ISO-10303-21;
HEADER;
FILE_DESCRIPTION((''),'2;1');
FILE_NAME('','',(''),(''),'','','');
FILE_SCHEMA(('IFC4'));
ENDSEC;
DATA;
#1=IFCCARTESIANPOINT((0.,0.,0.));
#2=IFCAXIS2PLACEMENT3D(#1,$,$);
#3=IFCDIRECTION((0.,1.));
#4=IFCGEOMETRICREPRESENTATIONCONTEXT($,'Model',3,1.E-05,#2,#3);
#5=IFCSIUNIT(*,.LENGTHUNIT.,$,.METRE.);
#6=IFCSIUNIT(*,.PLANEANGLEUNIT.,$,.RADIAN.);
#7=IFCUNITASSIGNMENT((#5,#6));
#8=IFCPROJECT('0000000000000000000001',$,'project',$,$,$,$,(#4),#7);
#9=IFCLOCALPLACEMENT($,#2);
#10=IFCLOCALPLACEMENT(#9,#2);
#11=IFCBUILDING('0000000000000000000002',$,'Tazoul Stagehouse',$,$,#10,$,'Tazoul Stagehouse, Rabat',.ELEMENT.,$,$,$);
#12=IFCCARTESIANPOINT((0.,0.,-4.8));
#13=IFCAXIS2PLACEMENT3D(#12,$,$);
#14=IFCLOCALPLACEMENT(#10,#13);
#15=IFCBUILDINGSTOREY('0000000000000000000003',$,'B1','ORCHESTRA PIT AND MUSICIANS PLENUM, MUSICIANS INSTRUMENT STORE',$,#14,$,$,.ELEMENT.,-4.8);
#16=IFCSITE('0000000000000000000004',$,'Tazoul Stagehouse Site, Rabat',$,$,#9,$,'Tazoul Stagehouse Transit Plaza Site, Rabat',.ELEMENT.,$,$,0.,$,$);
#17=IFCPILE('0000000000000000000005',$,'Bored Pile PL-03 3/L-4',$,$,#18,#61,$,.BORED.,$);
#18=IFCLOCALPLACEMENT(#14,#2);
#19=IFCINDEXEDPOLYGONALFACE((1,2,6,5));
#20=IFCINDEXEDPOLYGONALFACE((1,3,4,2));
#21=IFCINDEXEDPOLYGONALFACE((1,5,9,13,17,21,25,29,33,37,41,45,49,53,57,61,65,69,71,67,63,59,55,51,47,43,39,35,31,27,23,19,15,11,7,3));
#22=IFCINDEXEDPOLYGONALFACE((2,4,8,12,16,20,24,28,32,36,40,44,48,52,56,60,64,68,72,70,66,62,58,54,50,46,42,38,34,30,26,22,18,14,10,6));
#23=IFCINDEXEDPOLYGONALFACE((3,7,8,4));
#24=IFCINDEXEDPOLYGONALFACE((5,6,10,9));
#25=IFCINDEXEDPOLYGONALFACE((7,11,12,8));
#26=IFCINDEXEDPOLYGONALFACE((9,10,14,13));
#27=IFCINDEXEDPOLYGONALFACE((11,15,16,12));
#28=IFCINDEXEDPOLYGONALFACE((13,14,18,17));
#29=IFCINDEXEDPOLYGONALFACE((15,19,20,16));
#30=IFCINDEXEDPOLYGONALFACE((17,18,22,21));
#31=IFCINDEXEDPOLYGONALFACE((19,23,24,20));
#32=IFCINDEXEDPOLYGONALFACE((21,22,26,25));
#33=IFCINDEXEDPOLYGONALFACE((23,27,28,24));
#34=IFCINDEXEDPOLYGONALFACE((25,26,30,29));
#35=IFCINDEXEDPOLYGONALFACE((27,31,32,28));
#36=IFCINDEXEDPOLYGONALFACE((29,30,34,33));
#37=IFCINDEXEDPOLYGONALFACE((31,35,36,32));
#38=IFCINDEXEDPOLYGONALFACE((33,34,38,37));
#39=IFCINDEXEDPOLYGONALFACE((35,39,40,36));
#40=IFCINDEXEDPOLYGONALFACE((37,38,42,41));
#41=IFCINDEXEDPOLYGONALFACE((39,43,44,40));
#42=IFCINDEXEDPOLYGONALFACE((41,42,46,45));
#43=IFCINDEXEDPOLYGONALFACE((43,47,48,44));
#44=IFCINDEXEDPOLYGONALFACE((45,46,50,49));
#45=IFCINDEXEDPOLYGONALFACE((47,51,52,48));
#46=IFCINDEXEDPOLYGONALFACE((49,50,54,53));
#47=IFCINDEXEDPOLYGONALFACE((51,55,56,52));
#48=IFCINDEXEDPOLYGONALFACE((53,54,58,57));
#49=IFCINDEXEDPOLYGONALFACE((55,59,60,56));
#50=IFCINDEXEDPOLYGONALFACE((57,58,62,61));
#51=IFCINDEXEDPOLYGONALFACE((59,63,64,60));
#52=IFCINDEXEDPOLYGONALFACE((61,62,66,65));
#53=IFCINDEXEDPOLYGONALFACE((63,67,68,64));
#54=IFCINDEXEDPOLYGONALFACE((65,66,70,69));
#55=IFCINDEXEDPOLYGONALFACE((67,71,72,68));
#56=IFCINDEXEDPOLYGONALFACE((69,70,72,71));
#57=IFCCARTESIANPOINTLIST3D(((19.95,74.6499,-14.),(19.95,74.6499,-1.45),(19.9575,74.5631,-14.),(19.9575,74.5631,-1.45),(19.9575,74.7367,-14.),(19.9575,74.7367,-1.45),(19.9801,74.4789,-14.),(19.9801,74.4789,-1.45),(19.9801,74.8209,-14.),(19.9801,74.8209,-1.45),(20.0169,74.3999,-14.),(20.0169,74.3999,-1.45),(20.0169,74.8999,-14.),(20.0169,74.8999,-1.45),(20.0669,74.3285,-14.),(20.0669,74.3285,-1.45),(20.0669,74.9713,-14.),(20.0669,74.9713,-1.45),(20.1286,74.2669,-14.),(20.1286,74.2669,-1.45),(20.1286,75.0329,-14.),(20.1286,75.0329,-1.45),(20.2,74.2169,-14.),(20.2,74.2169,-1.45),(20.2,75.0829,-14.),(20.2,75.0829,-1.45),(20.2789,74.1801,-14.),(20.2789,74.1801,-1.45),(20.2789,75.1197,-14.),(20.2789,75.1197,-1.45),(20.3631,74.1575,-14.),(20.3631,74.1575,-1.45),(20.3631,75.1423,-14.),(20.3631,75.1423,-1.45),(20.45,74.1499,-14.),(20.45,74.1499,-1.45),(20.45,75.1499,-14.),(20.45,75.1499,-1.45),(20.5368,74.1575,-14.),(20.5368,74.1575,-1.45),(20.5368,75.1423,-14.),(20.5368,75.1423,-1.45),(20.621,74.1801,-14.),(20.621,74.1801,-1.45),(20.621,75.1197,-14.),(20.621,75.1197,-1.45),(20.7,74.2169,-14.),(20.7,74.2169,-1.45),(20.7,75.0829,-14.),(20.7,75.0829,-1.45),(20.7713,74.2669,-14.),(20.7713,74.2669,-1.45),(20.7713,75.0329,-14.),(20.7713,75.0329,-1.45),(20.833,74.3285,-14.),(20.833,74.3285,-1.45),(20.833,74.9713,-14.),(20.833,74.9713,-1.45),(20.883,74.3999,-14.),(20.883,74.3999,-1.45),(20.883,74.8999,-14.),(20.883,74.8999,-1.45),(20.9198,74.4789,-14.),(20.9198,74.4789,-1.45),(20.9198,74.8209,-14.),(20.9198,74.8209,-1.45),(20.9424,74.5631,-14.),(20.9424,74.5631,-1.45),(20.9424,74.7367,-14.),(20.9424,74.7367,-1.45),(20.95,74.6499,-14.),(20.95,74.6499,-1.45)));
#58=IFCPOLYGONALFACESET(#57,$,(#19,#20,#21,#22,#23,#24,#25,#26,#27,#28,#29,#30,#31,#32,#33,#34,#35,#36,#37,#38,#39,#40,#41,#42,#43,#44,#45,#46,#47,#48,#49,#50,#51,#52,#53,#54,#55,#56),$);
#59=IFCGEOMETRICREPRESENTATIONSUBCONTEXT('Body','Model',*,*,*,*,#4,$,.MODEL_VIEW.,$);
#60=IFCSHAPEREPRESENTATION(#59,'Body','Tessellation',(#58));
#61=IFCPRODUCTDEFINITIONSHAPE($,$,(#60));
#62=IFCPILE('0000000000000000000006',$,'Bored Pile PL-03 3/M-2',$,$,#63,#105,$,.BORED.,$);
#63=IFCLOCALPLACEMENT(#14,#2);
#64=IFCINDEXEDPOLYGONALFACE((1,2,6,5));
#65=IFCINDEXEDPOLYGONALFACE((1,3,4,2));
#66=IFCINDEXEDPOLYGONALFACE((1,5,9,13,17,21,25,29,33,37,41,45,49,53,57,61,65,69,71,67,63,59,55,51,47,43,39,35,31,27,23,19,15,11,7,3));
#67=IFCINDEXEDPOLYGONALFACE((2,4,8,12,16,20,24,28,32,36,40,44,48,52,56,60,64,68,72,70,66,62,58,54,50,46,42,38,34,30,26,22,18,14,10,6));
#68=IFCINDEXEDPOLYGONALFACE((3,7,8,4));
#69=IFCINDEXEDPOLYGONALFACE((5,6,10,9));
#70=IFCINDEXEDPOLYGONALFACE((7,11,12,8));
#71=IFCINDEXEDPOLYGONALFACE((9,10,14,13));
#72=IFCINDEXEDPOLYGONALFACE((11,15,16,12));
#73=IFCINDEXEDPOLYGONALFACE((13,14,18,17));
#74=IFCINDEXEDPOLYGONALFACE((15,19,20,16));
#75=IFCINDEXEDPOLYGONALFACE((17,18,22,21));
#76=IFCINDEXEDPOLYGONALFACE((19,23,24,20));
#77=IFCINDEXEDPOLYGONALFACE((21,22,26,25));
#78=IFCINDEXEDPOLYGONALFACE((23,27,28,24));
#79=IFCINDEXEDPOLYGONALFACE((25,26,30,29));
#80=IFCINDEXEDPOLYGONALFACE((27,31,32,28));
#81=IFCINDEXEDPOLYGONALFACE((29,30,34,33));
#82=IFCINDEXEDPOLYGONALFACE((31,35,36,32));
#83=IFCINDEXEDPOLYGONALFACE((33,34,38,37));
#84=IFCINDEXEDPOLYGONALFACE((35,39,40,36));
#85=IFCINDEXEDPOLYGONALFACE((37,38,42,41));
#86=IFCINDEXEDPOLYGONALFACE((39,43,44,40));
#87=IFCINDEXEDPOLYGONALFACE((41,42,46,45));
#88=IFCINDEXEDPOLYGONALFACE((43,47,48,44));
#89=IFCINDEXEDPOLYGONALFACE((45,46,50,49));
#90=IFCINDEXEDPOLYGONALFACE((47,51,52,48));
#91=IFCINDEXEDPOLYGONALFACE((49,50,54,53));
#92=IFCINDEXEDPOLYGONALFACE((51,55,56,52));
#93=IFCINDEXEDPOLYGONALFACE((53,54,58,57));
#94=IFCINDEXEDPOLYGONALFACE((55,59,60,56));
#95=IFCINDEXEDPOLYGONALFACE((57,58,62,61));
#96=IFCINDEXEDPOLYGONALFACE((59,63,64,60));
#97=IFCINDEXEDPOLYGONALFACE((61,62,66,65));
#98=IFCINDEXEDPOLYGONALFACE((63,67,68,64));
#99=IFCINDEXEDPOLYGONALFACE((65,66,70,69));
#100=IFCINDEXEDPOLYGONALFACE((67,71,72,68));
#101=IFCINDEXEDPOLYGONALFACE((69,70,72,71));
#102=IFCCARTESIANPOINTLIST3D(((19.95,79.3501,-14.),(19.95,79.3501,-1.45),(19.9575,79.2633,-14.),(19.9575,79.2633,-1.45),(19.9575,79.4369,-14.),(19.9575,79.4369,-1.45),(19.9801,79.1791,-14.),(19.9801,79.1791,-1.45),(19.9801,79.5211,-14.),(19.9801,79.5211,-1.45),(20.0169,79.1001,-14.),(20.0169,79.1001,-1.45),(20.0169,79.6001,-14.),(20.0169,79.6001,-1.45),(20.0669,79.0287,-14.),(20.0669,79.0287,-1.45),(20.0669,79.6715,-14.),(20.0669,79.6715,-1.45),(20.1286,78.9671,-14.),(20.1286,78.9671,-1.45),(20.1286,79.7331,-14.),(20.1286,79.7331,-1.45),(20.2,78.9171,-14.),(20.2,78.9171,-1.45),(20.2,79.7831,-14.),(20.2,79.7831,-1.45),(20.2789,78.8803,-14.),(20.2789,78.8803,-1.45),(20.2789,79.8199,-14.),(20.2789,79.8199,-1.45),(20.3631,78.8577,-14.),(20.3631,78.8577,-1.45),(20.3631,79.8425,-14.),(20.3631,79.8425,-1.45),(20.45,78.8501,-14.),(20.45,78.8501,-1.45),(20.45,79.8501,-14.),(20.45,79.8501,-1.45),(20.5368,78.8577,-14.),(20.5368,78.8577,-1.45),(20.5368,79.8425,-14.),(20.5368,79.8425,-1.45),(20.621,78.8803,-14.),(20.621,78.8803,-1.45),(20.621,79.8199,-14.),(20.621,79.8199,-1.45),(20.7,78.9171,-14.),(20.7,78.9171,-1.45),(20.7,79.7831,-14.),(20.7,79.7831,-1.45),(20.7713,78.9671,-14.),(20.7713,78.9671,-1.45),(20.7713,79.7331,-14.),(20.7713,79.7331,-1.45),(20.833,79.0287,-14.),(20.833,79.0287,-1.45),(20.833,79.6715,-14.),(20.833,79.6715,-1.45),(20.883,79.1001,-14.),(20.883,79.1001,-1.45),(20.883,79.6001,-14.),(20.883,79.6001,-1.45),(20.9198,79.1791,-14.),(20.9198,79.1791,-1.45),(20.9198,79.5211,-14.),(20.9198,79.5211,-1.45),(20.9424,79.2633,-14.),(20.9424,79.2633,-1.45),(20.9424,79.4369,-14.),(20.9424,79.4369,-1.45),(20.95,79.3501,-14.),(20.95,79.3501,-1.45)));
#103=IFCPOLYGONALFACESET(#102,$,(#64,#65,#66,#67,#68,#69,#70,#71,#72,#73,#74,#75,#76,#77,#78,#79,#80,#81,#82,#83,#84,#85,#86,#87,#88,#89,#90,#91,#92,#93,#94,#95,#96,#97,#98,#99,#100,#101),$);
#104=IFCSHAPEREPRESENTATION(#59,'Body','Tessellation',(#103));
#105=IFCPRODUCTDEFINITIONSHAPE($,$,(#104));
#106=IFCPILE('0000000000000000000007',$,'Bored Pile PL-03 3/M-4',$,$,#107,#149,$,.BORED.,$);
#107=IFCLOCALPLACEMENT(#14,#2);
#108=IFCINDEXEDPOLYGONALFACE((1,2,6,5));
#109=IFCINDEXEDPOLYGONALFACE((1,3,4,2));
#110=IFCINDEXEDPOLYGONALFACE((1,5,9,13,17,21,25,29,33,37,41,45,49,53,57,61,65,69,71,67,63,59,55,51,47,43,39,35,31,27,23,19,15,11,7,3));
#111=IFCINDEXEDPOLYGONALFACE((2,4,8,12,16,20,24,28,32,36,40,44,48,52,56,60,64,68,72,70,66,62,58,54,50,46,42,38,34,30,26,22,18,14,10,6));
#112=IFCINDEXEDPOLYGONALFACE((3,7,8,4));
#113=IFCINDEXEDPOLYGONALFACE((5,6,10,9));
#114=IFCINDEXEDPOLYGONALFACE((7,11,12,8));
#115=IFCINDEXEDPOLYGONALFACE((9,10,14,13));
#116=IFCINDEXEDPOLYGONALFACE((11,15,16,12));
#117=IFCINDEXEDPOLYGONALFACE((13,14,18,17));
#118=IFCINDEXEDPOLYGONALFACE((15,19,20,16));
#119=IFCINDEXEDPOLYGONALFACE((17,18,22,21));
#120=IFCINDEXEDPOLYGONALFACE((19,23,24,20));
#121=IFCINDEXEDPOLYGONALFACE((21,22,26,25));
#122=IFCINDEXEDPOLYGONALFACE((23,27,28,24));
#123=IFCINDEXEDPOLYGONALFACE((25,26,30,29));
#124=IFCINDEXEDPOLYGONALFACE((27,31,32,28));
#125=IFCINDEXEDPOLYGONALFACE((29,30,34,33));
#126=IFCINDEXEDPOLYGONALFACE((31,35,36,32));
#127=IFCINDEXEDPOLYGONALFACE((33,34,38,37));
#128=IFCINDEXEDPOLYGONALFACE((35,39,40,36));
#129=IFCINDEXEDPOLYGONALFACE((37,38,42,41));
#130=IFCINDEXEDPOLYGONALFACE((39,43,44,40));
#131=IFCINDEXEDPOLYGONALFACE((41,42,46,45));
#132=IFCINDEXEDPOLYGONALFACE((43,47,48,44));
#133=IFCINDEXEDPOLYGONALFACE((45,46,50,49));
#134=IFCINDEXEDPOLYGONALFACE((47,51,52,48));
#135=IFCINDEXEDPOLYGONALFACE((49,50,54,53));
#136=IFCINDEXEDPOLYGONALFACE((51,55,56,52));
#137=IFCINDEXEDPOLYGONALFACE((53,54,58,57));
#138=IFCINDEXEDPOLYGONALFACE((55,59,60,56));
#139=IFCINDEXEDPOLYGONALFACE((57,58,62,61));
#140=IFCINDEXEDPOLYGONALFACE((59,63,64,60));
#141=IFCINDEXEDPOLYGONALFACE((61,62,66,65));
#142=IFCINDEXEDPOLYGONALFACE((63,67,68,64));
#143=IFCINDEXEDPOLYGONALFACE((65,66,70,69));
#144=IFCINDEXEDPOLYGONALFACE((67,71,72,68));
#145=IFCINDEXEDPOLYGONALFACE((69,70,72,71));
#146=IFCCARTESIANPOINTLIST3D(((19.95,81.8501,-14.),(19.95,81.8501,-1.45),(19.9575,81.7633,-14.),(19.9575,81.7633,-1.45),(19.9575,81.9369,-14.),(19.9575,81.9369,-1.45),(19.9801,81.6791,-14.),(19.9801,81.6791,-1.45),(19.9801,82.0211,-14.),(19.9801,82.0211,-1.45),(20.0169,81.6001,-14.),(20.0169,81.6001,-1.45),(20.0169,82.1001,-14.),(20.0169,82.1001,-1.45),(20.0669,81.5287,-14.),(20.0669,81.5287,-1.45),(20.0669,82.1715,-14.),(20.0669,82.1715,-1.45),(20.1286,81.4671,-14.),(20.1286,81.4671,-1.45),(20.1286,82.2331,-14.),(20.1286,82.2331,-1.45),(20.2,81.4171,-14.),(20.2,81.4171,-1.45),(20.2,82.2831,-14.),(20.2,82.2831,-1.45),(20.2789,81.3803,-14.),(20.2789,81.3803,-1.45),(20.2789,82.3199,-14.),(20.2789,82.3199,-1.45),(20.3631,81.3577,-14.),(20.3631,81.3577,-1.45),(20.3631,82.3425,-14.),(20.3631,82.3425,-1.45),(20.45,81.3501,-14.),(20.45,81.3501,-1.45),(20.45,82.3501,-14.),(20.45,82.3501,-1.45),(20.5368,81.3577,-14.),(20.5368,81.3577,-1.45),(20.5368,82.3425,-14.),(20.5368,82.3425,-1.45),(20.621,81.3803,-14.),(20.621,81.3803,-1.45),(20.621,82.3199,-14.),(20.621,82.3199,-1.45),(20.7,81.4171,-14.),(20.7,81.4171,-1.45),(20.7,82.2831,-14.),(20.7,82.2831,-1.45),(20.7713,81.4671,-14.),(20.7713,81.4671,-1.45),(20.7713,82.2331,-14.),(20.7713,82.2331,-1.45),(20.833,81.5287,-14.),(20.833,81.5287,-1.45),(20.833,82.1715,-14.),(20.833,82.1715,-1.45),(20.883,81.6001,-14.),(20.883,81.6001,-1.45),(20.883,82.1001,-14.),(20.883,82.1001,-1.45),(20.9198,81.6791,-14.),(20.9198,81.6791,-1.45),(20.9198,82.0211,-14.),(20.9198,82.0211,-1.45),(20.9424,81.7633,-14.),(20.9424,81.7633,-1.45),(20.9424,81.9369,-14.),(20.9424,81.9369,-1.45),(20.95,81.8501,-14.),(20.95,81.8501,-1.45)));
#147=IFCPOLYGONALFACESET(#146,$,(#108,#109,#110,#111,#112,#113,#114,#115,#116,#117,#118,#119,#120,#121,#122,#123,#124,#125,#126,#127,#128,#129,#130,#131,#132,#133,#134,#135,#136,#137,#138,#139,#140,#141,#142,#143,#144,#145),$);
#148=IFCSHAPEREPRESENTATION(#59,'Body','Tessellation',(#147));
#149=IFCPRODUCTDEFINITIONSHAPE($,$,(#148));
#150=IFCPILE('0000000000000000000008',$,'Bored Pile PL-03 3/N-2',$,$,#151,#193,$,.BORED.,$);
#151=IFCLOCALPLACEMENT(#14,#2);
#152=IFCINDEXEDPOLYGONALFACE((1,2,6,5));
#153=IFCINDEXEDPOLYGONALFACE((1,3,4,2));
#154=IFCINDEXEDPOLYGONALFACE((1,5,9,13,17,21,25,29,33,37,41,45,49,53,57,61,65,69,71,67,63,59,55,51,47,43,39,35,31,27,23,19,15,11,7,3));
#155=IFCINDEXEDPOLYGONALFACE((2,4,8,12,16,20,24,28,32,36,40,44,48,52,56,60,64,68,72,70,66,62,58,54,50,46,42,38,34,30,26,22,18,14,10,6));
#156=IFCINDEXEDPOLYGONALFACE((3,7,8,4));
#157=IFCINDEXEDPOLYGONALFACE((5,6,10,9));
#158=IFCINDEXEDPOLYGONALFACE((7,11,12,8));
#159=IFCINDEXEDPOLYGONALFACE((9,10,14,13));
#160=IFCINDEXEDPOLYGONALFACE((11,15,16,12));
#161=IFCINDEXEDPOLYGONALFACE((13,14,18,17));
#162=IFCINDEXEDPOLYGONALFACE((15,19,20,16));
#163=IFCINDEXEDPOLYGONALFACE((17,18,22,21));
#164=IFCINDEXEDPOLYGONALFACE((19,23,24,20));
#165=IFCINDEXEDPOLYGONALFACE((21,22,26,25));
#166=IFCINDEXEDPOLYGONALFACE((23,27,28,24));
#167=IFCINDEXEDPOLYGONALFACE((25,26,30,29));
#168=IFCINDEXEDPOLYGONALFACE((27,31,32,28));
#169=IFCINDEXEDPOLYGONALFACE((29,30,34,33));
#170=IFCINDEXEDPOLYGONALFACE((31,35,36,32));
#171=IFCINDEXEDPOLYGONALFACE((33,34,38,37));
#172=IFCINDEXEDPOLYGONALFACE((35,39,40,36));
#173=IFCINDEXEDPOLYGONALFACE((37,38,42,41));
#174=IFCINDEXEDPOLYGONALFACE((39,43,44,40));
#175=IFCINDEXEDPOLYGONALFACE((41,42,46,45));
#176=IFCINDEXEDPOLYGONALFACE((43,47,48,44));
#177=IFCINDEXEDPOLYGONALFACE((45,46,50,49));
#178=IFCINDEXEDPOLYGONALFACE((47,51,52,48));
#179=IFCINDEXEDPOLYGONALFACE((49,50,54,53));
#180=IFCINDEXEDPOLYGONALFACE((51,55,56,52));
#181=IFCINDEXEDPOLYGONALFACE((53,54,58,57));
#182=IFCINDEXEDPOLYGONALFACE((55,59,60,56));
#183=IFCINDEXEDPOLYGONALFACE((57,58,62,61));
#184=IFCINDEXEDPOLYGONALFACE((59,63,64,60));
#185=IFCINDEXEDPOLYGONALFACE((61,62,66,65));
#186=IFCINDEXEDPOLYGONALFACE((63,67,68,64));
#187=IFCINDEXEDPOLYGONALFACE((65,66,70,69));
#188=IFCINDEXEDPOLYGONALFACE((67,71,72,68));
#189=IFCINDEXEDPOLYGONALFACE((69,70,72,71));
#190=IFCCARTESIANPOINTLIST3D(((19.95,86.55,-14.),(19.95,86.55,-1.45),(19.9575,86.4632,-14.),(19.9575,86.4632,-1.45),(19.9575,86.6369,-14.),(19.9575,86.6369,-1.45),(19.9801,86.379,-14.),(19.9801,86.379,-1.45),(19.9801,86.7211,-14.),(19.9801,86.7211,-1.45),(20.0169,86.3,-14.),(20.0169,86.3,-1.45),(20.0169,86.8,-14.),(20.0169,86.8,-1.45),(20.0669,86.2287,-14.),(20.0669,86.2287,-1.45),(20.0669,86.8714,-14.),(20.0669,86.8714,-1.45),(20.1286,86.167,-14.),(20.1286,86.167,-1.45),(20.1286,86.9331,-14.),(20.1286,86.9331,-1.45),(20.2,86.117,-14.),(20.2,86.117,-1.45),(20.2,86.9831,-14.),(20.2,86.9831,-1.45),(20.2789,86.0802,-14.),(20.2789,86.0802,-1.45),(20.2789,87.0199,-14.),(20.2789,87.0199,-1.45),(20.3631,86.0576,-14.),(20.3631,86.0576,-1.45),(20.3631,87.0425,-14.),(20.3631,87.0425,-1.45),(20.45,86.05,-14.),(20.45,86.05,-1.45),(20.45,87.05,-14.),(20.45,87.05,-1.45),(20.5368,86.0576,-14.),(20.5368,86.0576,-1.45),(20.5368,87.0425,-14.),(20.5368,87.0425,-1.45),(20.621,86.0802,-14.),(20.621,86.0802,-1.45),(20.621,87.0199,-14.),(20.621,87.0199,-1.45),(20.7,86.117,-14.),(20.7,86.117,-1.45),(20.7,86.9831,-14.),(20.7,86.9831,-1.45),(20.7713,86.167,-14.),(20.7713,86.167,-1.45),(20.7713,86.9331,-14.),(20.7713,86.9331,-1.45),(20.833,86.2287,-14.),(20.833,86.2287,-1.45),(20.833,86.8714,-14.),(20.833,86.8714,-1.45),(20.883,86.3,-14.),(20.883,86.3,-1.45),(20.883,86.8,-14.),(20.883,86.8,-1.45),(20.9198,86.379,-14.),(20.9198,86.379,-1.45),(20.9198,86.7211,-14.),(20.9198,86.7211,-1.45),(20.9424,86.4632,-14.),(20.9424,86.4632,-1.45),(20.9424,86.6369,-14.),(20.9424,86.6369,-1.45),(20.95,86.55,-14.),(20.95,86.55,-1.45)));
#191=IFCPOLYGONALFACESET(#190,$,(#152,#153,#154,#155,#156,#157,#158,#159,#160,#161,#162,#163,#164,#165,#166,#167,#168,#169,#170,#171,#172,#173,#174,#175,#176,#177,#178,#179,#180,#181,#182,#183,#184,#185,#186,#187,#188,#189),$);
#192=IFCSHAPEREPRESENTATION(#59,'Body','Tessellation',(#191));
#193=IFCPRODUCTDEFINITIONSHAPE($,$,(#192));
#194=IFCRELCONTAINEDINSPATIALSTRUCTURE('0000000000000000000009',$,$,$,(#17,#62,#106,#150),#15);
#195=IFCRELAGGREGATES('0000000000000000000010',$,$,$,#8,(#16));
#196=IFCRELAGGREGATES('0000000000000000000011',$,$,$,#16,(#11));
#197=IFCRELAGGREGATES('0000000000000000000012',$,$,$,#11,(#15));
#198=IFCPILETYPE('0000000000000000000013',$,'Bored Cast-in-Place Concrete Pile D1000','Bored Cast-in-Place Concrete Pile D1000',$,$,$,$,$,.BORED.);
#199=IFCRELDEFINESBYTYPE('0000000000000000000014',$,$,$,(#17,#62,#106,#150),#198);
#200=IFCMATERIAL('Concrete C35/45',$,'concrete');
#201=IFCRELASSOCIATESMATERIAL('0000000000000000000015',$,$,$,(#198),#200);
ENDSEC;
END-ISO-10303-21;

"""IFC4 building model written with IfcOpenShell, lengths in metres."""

from ifc_helpers import new_model, si_unit, direction, frame, origin, origin_2d, place, context, subcontext, project, spatial, circle, extrude, material, material_profile, profile_set, type_object, element, save


model = new_model("IFC4")

# Units and contexts
model_context = context("Model", 3, precision=1e-05, world=origin(), true_north=direction((0.0, 1.0)))
body_context = subcontext(model_context, "Body", "Model", "MODEL_VIEW")
ifc_project = project(units=[si_unit("LENGTHUNIT", "METRE"), si_unit("PLANEANGLEUNIT", "RADIAN")], contexts=[model_context])

# Site, building, storey
site_placement = place(None, origin())
site = spatial("IfcSite", under=ifc_project, at=site_placement, Name="Tazoul Stagehouse Site, Rabat", LongName="Tazoul Stagehouse Transit Plaza Site, Rabat", CompositionType="ELEMENT", RefElevation=0.0)
building_placement = place(site_placement, origin())
building = spatial("IfcBuilding", under=site, at=building_placement, Name="Tazoul Stagehouse", LongName="Tazoul Stagehouse, Rabat", CompositionType="ELEMENT")
storey_placement = place(building_placement, frame((0.0, 0.0, -4.8)))
storey = spatial("IfcBuildingStorey", under=building, at=storey_placement, Name="B1", Description="ORCHESTRA PIT AND MUSICIANS PLENUM, MUSICIANS INSTRUMENT STORE", CompositionType="ELEMENT", Elevation=-4.8)

# Piles
ifc_material_1 = material(Name="Concrete C35/45", Category="concrete")
ifc_material_profile_1 = material_profile(ifc_material_1, circle(Radius=0.5, at=origin_2d()), Name="BORED PILE 1000")
ifc_profile_set_1 = profile_set([ifc_material_profile_1], Name="Concrete C35/45")
pile_type = type_object("IfcPileType", Name="Bored Cast-in-Place Concrete Pile D1000", Description="Bored Cast-in-Place Concrete Pile D1000", PredefinedType="BORED", material=ifc_profile_set_1)
for number, where, z_axis, x_axis, name in (
    (1, (20.45, 74.6499, -1.45), (0.0, 0.0, -1.0), (1.0, 0.0, 0.0), "Bored Pile PL-03 3/L-4"),
    (2, (20.45, 79.3501, -1.45), (0.0, 0.0, -1.0), (1.0, 0.0, 0.0), "Bored Pile PL-03 3/M-2"),
    (3, (20.45, 81.8501, -1.45), (0.0, 0.0, -1.0), (1.0, 0.0, 0.0), "Bored Pile PL-03 3/M-4"),
    (4, (20.45, 86.55, -1.45), (0.0, 0.0, -1.0), (1.0, 0.0, 0.0), "Bored Pile PL-03 3/N-2"),
):
    element("IfcPile", number, at=place(storey_placement, frame(where, z_axis=z_axis, x_axis=x_axis)), inside=storey, type_object=pile_type, Name=name, PredefinedType="BORED", context=body_context, shape_type="SweptSolid", body=[
        extrude(circle(Radius=0.5, at=origin_2d()), origin(), (0.0, 0.0, 1.0), 12.55),
    ])

save(model, "model.ifc")
